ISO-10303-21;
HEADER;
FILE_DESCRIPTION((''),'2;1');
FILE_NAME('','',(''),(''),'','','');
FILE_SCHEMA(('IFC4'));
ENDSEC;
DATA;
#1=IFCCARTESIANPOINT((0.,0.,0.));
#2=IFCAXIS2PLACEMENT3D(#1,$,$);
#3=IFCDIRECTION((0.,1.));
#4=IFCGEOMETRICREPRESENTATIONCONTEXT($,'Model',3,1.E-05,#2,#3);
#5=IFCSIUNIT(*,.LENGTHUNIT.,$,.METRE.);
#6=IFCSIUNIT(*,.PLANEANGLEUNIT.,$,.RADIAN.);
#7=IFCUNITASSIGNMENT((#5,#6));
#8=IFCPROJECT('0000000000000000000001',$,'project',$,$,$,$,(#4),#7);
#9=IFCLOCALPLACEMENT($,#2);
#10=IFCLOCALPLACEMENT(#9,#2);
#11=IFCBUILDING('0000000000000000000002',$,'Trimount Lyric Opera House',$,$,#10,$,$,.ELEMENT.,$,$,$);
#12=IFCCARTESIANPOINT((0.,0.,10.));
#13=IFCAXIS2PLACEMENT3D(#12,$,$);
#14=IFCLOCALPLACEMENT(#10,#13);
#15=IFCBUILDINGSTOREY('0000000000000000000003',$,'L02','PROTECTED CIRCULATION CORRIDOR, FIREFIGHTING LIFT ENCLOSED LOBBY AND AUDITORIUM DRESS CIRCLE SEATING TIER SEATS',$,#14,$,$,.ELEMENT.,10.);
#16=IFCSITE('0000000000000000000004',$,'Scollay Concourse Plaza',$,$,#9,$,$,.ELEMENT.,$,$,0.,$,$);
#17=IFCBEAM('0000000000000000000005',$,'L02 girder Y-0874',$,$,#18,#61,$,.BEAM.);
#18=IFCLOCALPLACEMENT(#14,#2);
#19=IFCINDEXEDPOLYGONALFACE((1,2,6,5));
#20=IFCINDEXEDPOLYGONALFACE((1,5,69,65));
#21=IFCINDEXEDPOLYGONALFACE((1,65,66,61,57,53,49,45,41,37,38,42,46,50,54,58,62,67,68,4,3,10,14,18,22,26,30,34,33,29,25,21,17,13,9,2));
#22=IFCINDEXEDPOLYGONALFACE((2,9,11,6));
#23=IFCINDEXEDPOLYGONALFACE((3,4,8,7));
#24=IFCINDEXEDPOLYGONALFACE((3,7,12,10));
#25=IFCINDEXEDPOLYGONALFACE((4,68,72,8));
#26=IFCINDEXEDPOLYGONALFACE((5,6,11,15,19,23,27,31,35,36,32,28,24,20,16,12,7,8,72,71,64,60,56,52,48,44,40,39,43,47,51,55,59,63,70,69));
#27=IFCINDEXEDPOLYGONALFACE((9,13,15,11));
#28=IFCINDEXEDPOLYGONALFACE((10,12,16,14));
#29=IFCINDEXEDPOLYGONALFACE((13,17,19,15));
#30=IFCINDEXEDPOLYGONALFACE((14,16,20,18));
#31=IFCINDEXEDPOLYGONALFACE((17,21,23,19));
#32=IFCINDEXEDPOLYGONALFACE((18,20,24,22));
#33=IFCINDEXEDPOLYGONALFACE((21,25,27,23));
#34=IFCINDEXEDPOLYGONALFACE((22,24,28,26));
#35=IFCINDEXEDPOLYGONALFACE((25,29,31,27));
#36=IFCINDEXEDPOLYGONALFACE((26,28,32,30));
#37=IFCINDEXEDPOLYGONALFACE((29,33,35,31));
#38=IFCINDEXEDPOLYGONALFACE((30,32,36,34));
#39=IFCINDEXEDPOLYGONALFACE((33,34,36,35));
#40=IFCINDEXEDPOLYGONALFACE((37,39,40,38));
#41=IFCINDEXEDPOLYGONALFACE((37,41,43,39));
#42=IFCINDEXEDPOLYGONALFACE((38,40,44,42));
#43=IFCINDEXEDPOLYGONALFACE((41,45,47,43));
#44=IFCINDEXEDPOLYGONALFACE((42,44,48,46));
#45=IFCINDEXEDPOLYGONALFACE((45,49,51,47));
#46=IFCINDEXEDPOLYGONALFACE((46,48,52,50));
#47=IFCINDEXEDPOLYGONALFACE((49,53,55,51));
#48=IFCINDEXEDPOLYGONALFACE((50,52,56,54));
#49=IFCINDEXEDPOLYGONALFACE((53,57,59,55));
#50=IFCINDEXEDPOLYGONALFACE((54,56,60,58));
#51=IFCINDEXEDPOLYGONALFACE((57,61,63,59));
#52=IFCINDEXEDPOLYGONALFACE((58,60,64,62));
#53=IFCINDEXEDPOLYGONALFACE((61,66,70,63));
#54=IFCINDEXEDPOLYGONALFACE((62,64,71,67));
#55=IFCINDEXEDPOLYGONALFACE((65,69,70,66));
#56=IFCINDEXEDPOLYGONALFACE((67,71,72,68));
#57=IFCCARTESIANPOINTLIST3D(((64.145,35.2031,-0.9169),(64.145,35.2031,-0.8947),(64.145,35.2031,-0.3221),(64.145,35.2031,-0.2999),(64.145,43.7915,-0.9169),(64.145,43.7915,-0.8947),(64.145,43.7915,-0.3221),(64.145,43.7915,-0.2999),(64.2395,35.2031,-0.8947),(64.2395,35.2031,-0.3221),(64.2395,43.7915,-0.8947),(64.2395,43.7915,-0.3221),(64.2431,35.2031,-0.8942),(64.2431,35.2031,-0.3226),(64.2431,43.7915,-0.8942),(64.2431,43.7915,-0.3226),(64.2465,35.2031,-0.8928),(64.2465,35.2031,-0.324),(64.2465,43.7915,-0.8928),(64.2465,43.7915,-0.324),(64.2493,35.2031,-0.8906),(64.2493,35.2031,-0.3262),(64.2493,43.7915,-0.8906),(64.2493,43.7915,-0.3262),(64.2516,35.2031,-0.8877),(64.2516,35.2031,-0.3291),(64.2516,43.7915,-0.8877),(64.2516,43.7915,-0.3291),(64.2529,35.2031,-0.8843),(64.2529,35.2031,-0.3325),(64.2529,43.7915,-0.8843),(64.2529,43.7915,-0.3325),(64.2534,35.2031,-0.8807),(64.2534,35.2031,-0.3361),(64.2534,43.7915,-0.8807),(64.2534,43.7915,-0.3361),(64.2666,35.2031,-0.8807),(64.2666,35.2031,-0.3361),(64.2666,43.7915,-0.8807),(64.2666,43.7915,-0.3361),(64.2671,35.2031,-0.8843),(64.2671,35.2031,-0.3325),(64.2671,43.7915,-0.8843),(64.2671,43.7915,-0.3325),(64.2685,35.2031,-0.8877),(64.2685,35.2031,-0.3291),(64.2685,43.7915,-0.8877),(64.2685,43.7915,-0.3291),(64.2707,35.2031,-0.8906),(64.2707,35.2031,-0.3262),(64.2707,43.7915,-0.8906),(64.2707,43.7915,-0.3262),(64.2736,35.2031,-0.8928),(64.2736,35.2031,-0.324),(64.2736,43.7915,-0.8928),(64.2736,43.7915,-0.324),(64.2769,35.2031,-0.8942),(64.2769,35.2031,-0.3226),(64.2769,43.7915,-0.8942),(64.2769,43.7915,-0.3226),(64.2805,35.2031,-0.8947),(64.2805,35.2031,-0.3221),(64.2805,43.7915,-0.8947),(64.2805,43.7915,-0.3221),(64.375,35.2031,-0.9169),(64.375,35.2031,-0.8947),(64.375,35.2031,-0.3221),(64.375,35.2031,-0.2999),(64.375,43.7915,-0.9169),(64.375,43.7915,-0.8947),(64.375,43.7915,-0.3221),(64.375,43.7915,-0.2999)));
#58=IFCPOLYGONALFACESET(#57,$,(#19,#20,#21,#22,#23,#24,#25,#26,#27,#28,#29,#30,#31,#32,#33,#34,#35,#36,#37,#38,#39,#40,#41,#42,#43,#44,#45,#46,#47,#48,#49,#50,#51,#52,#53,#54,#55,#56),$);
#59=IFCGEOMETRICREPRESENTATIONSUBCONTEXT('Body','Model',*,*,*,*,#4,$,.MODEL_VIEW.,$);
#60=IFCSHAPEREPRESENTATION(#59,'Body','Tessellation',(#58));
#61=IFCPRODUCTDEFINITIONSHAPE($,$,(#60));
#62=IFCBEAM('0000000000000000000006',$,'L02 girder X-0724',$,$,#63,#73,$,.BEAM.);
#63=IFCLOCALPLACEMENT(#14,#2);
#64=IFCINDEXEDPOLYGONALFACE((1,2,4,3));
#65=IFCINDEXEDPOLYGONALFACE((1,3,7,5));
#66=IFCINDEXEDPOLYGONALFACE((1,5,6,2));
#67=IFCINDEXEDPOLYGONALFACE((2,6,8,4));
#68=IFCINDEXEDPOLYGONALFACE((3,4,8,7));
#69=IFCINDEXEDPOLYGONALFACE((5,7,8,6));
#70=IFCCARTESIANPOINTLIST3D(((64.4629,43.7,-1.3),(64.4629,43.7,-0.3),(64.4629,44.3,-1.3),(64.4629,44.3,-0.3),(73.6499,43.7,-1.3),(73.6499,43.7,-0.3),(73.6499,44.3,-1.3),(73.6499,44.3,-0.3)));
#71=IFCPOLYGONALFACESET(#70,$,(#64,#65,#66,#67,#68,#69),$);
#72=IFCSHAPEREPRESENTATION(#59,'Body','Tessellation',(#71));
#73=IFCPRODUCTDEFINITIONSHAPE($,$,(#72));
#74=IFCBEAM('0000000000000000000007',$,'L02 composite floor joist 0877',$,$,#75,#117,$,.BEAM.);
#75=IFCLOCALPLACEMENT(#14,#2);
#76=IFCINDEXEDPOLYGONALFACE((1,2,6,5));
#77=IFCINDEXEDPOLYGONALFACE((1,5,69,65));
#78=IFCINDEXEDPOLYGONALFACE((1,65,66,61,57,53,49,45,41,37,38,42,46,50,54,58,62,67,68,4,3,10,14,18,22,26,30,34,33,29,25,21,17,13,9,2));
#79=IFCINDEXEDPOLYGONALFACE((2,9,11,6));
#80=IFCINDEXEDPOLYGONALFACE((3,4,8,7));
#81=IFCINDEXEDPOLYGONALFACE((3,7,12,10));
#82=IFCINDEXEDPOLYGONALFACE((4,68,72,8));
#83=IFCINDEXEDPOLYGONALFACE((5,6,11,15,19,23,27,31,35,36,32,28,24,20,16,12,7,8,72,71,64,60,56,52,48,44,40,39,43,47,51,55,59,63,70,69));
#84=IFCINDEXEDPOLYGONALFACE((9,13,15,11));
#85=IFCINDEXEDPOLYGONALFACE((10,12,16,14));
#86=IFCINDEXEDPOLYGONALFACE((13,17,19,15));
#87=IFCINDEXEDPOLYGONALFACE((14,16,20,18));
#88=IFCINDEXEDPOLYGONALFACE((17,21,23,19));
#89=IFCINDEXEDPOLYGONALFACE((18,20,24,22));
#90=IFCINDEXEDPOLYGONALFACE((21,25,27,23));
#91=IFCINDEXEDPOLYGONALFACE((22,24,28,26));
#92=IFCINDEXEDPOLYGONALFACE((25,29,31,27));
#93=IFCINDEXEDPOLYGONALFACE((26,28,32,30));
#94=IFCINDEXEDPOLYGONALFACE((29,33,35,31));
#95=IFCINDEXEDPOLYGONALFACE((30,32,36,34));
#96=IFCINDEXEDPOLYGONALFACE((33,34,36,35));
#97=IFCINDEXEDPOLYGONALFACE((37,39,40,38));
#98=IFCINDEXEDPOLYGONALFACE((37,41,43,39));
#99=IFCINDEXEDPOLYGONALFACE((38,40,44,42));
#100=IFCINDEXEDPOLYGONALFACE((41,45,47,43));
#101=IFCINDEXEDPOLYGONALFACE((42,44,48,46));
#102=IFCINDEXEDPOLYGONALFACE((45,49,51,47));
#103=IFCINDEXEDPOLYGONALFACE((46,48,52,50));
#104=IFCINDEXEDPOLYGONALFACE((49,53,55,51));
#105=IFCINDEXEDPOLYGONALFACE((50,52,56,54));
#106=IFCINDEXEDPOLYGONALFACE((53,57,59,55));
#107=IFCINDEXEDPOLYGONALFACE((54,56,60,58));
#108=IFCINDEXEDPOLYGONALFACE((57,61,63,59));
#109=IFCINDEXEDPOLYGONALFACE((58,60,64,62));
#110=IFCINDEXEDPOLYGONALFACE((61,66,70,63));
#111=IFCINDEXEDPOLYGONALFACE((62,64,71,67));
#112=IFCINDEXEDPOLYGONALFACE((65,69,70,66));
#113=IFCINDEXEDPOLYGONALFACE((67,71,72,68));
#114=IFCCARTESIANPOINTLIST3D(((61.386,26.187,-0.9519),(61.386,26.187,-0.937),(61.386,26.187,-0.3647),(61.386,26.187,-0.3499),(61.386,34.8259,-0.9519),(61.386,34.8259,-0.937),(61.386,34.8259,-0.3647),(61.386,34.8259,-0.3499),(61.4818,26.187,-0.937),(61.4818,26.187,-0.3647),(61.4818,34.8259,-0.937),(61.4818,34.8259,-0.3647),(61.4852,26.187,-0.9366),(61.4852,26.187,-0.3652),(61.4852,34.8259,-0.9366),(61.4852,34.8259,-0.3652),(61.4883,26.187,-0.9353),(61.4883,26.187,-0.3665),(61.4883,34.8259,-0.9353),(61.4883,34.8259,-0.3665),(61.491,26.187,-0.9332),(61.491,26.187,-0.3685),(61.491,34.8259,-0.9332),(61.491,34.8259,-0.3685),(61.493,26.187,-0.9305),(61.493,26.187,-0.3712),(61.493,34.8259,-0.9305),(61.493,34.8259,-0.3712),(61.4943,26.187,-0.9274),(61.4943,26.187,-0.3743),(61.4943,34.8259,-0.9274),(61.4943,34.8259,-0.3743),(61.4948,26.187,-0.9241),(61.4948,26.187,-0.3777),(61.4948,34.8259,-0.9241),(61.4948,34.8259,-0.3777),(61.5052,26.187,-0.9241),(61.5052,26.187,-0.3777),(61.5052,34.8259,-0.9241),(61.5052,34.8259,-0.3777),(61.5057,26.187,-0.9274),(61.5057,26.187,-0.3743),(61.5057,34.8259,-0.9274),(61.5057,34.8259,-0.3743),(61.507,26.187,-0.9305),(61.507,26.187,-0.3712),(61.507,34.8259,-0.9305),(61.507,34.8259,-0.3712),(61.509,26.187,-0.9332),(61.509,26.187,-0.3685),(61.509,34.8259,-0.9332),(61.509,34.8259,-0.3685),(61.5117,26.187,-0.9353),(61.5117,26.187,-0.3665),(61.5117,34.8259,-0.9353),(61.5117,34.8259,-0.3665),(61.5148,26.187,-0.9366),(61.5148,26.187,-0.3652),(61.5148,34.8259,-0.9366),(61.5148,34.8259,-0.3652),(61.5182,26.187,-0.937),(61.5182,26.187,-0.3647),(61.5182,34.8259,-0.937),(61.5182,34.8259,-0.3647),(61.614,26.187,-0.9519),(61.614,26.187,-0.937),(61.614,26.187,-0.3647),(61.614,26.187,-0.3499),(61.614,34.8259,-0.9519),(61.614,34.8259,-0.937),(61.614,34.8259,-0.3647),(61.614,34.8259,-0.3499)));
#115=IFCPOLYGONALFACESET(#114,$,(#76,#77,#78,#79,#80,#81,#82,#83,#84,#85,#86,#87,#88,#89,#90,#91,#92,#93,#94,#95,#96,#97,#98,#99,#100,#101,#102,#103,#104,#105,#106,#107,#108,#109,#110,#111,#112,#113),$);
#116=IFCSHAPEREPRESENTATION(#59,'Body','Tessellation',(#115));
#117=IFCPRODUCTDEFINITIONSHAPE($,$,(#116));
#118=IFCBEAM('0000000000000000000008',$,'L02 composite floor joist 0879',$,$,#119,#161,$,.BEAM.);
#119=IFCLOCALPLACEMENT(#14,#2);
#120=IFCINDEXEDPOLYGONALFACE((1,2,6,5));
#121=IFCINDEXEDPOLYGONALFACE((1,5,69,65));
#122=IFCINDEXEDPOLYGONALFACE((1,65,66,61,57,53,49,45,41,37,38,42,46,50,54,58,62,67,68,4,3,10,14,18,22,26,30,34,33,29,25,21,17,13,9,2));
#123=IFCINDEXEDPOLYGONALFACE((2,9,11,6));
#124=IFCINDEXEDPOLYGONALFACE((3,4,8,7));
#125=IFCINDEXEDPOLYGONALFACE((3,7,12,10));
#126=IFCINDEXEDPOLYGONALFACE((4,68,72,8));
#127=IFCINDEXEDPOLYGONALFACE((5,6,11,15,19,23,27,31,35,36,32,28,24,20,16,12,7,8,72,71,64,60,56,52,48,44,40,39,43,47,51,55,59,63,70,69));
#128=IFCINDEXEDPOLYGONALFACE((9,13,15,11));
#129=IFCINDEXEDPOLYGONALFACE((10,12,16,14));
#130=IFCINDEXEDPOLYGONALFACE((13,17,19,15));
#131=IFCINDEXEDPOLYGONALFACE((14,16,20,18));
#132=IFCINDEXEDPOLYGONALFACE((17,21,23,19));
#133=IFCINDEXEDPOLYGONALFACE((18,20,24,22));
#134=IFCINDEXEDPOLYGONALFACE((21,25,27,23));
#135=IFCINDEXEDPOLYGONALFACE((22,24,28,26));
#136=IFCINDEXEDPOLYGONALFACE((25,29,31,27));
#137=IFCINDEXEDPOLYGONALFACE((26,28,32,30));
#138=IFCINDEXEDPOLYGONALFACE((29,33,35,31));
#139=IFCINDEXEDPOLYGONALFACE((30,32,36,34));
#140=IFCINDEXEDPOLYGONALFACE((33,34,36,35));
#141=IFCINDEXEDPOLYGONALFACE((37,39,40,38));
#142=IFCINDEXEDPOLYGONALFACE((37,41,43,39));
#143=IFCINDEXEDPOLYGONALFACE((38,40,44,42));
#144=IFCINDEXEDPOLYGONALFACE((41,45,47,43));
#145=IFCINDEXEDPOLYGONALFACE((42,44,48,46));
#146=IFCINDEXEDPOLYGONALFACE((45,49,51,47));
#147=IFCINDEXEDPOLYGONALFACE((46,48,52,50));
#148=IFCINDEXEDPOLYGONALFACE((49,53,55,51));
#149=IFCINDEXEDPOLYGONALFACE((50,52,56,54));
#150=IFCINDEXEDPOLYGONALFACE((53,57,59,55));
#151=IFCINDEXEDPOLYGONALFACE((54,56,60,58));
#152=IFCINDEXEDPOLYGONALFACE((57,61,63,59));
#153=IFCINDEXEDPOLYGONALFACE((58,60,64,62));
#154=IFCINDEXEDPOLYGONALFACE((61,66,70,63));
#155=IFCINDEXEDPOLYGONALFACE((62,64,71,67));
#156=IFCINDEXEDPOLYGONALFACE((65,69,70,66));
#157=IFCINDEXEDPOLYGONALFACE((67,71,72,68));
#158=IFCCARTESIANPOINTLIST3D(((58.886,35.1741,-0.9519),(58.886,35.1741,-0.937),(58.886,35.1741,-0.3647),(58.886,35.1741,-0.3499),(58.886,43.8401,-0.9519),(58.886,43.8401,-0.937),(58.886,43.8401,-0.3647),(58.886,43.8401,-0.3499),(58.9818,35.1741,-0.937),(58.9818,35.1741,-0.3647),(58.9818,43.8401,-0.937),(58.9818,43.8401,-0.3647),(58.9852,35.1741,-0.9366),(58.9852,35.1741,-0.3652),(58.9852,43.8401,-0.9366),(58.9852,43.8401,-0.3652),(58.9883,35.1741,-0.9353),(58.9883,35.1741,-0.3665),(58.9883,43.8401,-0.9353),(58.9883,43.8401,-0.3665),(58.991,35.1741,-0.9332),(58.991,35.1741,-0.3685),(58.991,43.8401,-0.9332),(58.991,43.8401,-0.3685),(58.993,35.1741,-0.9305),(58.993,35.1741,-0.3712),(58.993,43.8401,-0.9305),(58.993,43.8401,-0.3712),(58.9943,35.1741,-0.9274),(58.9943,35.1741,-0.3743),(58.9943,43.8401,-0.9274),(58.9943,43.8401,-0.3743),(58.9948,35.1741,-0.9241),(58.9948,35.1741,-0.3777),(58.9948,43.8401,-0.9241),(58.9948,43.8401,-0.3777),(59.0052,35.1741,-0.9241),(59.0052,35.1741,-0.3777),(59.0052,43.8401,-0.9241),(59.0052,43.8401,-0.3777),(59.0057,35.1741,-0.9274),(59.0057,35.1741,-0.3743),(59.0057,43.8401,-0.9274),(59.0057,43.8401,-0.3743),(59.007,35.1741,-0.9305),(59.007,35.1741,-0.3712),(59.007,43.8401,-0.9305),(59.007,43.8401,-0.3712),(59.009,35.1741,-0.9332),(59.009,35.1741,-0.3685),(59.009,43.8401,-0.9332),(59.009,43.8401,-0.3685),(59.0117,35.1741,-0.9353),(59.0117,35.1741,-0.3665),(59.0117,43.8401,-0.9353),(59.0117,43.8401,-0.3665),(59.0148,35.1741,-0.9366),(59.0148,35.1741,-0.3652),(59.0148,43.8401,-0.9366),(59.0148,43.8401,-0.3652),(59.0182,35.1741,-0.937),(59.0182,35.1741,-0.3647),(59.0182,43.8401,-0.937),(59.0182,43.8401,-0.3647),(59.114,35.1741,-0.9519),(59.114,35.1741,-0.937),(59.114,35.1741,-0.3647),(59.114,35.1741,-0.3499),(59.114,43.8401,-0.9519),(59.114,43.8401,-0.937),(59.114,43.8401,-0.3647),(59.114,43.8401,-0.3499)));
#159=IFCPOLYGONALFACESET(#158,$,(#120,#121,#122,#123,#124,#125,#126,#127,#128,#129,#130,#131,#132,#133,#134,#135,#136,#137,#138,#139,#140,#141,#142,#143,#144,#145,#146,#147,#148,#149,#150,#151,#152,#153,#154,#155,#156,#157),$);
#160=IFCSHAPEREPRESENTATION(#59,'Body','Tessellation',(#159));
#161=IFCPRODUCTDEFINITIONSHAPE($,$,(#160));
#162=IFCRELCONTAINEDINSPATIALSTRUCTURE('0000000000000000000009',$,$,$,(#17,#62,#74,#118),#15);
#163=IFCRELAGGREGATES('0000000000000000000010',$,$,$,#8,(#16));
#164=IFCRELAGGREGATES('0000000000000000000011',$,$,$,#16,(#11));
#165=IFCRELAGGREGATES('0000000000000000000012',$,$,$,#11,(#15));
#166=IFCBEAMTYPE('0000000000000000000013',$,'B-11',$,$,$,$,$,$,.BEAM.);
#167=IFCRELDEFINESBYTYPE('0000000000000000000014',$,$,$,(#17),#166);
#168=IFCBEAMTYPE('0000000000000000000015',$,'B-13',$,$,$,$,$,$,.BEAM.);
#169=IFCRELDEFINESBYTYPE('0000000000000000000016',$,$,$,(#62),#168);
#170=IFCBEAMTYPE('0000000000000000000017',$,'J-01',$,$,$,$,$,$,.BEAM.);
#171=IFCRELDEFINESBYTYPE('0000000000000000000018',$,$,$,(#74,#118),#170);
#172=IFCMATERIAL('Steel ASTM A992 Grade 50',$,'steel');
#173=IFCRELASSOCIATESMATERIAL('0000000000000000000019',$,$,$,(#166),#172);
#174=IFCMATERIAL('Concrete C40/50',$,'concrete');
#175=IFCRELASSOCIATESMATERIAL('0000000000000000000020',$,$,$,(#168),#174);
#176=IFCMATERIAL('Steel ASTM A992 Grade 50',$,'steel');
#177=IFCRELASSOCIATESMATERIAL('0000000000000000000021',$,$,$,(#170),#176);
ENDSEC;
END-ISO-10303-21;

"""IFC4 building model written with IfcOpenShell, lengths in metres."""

from ifc_helpers import new_model, si_unit, direction, frame, origin, origin_2d, place, context, subcontext, project, spatial, rectangle, i_section, extrude, material, material_profile, profile_set, type_object, element, save


model = new_model("IFC4")

# Units and contexts
model_context = context("Model", 3, precision=1e-05, world=origin(), true_north=direction((0.0, 1.0)))
body_context = subcontext(model_context, "Body", "Model", "MODEL_VIEW")
ifc_project = project(units=[si_unit("LENGTHUNIT", "METRE"), si_unit("PLANEANGLEUNIT", "RADIAN")], contexts=[model_context])

# Site, building, storey
site_placement = place(None, origin())
site = spatial("IfcSite", under=ifc_project, at=site_placement, Name="Scollay Concourse Plaza", CompositionType="ELEMENT", RefElevation=0.0)
building_placement = place(site_placement, origin())
building = spatial("IfcBuilding", under=site, at=building_placement, Name="Trimount Lyric Opera House", CompositionType="ELEMENT")
storey_placement = place(building_placement, frame((0.0, 0.0, 10.0)))
storey = spatial("IfcBuildingStorey", under=building, at=storey_placement, Name="L02", Description="PROTECTED CIRCULATION CORRIDOR, FIREFIGHTING LIFT ENCLOSED LOBBY AND AUDITORIUM DRESS CIRCLE SEATING TIER SEATS", CompositionType="ELEMENT", Elevation=10.0)

# Beams
ifc_material_1 = material(Name="Steel ASTM A992 Grade 50", Category="steel")
ifc_material_profile_1 = material_profile(ifc_material_1, i_section(OverallWidth=0.23, OverallDepth=0.6169, WebThickness=0.0132, FlangeThickness=0.0222, FilletRadius=0.0139, at=origin_2d()), Name="W24X94")
ifc_profile_set_1 = profile_set([ifc_material_profile_1], Name="Steel ASTM A992 Grade 50")
beam_type_1 = type_object("IfcBeamType", Name="B-11", PredefinedType="BEAM", material=ifc_profile_set_1)
beam_1_placement = place(storey_placement, frame((64.26, 35.2031, -0.6084), z_axis=(0.0, 1.0, 0.0), x_axis=(-1.0, 0.0, 0.0)))
element("IfcBeam", 1, at=beam_1_placement, inside=storey, type_object=beam_type_1, Name="L02 girder Y-0874", PredefinedType="BEAM", context=body_context, shape_type="SweptSolid", body=[
    extrude(i_section(OverallWidth=0.23, OverallDepth=0.6169, WebThickness=0.0132, FlangeThickness=0.0222, FilletRadius=0.0139, at=origin_2d()), origin(), (0.0, 0.0, 1.0), 8.5884),
])
ifc_material_2 = material(Name="Concrete C40/50", Category="concrete")
ifc_material_profile_2 = material_profile(ifc_material_2, rectangle(XDim=0.6001, YDim=1.0, at=origin_2d()), Name="RC600X1000")
ifc_profile_set_2 = profile_set([ifc_material_profile_2], Name="Concrete C40/50")
beam_type_2 = type_object("IfcBeamType", Name="B-13", PredefinedType="BEAM", material=ifc_profile_set_2)
beam_2_placement = place(storey_placement, frame((64.4629, 44.0, -0.8), z_axis=(1.0, 0.0, 0.0), x_axis=(0.0, 1.0, 0.0)))
element("IfcBeam", 2, at=beam_2_placement, inside=storey, type_object=beam_type_2, Name="L02 girder X-0724", PredefinedType="BEAM", context=body_context, shape_type="SweptSolid", body=[
    extrude(rectangle(XDim=0.6001, YDim=1.0, at=origin_2d()), origin(), (0.0, 0.0, 1.0), 9.187),
])
ifc_material_3 = material(Name="Steel ASTM A992 Grade 50", Category="steel")
ifc_material_profile_3 = material_profile(ifc_material_3, i_section(OverallWidth=0.228, OverallDepth=0.6021, WebThickness=0.0105, FlangeThickness=0.0149, FilletRadius=0.0129, at=origin_2d()), Name="W24X68")
ifc_profile_set_3 = profile_set([ifc_material_profile_3], Name="Steel ASTM A992 Grade 50")
beam_type_3 = type_object("IfcBeamType", Name="J-01", PredefinedType="BEAM", material=ifc_profile_set_3)
beam_3_placement = place(storey_placement, frame((61.5, 26.187, -0.6509), z_axis=(0.0, 1.0, 0.0), x_axis=(-1.0, 0.0, 0.0)))
element("IfcBeam", 3, at=beam_3_placement, inside=storey, type_object=beam_type_3, Name="L02 composite floor joist 0877", PredefinedType="BEAM", context=body_context, shape_type="SweptSolid", body=[
    extrude(i_section(OverallWidth=0.228, OverallDepth=0.6021, WebThickness=0.0105, FlangeThickness=0.0149, FilletRadius=0.0129, at=origin_2d()), origin(), (0.0, 0.0, 1.0), 8.6389),
])
beam_4_placement = place(storey_placement, frame((59.0, 35.1741, -0.6509), z_axis=(0.0, 1.0, 0.0), x_axis=(-1.0, 0.0, 0.0)))
element("IfcBeam", 4, at=beam_4_placement, inside=storey, type_object=beam_type_3, Name="L02 composite floor joist 0879", PredefinedType="BEAM", context=body_context, shape_type="SweptSolid", body=[
    extrude(i_section(OverallWidth=0.228, OverallDepth=0.6021, WebThickness=0.0105, FlangeThickness=0.0149, FilletRadius=0.0129, at=origin_2d()), origin(), (0.0, 0.0, 1.0), 8.666),
])

save(model, "model.ifc")
